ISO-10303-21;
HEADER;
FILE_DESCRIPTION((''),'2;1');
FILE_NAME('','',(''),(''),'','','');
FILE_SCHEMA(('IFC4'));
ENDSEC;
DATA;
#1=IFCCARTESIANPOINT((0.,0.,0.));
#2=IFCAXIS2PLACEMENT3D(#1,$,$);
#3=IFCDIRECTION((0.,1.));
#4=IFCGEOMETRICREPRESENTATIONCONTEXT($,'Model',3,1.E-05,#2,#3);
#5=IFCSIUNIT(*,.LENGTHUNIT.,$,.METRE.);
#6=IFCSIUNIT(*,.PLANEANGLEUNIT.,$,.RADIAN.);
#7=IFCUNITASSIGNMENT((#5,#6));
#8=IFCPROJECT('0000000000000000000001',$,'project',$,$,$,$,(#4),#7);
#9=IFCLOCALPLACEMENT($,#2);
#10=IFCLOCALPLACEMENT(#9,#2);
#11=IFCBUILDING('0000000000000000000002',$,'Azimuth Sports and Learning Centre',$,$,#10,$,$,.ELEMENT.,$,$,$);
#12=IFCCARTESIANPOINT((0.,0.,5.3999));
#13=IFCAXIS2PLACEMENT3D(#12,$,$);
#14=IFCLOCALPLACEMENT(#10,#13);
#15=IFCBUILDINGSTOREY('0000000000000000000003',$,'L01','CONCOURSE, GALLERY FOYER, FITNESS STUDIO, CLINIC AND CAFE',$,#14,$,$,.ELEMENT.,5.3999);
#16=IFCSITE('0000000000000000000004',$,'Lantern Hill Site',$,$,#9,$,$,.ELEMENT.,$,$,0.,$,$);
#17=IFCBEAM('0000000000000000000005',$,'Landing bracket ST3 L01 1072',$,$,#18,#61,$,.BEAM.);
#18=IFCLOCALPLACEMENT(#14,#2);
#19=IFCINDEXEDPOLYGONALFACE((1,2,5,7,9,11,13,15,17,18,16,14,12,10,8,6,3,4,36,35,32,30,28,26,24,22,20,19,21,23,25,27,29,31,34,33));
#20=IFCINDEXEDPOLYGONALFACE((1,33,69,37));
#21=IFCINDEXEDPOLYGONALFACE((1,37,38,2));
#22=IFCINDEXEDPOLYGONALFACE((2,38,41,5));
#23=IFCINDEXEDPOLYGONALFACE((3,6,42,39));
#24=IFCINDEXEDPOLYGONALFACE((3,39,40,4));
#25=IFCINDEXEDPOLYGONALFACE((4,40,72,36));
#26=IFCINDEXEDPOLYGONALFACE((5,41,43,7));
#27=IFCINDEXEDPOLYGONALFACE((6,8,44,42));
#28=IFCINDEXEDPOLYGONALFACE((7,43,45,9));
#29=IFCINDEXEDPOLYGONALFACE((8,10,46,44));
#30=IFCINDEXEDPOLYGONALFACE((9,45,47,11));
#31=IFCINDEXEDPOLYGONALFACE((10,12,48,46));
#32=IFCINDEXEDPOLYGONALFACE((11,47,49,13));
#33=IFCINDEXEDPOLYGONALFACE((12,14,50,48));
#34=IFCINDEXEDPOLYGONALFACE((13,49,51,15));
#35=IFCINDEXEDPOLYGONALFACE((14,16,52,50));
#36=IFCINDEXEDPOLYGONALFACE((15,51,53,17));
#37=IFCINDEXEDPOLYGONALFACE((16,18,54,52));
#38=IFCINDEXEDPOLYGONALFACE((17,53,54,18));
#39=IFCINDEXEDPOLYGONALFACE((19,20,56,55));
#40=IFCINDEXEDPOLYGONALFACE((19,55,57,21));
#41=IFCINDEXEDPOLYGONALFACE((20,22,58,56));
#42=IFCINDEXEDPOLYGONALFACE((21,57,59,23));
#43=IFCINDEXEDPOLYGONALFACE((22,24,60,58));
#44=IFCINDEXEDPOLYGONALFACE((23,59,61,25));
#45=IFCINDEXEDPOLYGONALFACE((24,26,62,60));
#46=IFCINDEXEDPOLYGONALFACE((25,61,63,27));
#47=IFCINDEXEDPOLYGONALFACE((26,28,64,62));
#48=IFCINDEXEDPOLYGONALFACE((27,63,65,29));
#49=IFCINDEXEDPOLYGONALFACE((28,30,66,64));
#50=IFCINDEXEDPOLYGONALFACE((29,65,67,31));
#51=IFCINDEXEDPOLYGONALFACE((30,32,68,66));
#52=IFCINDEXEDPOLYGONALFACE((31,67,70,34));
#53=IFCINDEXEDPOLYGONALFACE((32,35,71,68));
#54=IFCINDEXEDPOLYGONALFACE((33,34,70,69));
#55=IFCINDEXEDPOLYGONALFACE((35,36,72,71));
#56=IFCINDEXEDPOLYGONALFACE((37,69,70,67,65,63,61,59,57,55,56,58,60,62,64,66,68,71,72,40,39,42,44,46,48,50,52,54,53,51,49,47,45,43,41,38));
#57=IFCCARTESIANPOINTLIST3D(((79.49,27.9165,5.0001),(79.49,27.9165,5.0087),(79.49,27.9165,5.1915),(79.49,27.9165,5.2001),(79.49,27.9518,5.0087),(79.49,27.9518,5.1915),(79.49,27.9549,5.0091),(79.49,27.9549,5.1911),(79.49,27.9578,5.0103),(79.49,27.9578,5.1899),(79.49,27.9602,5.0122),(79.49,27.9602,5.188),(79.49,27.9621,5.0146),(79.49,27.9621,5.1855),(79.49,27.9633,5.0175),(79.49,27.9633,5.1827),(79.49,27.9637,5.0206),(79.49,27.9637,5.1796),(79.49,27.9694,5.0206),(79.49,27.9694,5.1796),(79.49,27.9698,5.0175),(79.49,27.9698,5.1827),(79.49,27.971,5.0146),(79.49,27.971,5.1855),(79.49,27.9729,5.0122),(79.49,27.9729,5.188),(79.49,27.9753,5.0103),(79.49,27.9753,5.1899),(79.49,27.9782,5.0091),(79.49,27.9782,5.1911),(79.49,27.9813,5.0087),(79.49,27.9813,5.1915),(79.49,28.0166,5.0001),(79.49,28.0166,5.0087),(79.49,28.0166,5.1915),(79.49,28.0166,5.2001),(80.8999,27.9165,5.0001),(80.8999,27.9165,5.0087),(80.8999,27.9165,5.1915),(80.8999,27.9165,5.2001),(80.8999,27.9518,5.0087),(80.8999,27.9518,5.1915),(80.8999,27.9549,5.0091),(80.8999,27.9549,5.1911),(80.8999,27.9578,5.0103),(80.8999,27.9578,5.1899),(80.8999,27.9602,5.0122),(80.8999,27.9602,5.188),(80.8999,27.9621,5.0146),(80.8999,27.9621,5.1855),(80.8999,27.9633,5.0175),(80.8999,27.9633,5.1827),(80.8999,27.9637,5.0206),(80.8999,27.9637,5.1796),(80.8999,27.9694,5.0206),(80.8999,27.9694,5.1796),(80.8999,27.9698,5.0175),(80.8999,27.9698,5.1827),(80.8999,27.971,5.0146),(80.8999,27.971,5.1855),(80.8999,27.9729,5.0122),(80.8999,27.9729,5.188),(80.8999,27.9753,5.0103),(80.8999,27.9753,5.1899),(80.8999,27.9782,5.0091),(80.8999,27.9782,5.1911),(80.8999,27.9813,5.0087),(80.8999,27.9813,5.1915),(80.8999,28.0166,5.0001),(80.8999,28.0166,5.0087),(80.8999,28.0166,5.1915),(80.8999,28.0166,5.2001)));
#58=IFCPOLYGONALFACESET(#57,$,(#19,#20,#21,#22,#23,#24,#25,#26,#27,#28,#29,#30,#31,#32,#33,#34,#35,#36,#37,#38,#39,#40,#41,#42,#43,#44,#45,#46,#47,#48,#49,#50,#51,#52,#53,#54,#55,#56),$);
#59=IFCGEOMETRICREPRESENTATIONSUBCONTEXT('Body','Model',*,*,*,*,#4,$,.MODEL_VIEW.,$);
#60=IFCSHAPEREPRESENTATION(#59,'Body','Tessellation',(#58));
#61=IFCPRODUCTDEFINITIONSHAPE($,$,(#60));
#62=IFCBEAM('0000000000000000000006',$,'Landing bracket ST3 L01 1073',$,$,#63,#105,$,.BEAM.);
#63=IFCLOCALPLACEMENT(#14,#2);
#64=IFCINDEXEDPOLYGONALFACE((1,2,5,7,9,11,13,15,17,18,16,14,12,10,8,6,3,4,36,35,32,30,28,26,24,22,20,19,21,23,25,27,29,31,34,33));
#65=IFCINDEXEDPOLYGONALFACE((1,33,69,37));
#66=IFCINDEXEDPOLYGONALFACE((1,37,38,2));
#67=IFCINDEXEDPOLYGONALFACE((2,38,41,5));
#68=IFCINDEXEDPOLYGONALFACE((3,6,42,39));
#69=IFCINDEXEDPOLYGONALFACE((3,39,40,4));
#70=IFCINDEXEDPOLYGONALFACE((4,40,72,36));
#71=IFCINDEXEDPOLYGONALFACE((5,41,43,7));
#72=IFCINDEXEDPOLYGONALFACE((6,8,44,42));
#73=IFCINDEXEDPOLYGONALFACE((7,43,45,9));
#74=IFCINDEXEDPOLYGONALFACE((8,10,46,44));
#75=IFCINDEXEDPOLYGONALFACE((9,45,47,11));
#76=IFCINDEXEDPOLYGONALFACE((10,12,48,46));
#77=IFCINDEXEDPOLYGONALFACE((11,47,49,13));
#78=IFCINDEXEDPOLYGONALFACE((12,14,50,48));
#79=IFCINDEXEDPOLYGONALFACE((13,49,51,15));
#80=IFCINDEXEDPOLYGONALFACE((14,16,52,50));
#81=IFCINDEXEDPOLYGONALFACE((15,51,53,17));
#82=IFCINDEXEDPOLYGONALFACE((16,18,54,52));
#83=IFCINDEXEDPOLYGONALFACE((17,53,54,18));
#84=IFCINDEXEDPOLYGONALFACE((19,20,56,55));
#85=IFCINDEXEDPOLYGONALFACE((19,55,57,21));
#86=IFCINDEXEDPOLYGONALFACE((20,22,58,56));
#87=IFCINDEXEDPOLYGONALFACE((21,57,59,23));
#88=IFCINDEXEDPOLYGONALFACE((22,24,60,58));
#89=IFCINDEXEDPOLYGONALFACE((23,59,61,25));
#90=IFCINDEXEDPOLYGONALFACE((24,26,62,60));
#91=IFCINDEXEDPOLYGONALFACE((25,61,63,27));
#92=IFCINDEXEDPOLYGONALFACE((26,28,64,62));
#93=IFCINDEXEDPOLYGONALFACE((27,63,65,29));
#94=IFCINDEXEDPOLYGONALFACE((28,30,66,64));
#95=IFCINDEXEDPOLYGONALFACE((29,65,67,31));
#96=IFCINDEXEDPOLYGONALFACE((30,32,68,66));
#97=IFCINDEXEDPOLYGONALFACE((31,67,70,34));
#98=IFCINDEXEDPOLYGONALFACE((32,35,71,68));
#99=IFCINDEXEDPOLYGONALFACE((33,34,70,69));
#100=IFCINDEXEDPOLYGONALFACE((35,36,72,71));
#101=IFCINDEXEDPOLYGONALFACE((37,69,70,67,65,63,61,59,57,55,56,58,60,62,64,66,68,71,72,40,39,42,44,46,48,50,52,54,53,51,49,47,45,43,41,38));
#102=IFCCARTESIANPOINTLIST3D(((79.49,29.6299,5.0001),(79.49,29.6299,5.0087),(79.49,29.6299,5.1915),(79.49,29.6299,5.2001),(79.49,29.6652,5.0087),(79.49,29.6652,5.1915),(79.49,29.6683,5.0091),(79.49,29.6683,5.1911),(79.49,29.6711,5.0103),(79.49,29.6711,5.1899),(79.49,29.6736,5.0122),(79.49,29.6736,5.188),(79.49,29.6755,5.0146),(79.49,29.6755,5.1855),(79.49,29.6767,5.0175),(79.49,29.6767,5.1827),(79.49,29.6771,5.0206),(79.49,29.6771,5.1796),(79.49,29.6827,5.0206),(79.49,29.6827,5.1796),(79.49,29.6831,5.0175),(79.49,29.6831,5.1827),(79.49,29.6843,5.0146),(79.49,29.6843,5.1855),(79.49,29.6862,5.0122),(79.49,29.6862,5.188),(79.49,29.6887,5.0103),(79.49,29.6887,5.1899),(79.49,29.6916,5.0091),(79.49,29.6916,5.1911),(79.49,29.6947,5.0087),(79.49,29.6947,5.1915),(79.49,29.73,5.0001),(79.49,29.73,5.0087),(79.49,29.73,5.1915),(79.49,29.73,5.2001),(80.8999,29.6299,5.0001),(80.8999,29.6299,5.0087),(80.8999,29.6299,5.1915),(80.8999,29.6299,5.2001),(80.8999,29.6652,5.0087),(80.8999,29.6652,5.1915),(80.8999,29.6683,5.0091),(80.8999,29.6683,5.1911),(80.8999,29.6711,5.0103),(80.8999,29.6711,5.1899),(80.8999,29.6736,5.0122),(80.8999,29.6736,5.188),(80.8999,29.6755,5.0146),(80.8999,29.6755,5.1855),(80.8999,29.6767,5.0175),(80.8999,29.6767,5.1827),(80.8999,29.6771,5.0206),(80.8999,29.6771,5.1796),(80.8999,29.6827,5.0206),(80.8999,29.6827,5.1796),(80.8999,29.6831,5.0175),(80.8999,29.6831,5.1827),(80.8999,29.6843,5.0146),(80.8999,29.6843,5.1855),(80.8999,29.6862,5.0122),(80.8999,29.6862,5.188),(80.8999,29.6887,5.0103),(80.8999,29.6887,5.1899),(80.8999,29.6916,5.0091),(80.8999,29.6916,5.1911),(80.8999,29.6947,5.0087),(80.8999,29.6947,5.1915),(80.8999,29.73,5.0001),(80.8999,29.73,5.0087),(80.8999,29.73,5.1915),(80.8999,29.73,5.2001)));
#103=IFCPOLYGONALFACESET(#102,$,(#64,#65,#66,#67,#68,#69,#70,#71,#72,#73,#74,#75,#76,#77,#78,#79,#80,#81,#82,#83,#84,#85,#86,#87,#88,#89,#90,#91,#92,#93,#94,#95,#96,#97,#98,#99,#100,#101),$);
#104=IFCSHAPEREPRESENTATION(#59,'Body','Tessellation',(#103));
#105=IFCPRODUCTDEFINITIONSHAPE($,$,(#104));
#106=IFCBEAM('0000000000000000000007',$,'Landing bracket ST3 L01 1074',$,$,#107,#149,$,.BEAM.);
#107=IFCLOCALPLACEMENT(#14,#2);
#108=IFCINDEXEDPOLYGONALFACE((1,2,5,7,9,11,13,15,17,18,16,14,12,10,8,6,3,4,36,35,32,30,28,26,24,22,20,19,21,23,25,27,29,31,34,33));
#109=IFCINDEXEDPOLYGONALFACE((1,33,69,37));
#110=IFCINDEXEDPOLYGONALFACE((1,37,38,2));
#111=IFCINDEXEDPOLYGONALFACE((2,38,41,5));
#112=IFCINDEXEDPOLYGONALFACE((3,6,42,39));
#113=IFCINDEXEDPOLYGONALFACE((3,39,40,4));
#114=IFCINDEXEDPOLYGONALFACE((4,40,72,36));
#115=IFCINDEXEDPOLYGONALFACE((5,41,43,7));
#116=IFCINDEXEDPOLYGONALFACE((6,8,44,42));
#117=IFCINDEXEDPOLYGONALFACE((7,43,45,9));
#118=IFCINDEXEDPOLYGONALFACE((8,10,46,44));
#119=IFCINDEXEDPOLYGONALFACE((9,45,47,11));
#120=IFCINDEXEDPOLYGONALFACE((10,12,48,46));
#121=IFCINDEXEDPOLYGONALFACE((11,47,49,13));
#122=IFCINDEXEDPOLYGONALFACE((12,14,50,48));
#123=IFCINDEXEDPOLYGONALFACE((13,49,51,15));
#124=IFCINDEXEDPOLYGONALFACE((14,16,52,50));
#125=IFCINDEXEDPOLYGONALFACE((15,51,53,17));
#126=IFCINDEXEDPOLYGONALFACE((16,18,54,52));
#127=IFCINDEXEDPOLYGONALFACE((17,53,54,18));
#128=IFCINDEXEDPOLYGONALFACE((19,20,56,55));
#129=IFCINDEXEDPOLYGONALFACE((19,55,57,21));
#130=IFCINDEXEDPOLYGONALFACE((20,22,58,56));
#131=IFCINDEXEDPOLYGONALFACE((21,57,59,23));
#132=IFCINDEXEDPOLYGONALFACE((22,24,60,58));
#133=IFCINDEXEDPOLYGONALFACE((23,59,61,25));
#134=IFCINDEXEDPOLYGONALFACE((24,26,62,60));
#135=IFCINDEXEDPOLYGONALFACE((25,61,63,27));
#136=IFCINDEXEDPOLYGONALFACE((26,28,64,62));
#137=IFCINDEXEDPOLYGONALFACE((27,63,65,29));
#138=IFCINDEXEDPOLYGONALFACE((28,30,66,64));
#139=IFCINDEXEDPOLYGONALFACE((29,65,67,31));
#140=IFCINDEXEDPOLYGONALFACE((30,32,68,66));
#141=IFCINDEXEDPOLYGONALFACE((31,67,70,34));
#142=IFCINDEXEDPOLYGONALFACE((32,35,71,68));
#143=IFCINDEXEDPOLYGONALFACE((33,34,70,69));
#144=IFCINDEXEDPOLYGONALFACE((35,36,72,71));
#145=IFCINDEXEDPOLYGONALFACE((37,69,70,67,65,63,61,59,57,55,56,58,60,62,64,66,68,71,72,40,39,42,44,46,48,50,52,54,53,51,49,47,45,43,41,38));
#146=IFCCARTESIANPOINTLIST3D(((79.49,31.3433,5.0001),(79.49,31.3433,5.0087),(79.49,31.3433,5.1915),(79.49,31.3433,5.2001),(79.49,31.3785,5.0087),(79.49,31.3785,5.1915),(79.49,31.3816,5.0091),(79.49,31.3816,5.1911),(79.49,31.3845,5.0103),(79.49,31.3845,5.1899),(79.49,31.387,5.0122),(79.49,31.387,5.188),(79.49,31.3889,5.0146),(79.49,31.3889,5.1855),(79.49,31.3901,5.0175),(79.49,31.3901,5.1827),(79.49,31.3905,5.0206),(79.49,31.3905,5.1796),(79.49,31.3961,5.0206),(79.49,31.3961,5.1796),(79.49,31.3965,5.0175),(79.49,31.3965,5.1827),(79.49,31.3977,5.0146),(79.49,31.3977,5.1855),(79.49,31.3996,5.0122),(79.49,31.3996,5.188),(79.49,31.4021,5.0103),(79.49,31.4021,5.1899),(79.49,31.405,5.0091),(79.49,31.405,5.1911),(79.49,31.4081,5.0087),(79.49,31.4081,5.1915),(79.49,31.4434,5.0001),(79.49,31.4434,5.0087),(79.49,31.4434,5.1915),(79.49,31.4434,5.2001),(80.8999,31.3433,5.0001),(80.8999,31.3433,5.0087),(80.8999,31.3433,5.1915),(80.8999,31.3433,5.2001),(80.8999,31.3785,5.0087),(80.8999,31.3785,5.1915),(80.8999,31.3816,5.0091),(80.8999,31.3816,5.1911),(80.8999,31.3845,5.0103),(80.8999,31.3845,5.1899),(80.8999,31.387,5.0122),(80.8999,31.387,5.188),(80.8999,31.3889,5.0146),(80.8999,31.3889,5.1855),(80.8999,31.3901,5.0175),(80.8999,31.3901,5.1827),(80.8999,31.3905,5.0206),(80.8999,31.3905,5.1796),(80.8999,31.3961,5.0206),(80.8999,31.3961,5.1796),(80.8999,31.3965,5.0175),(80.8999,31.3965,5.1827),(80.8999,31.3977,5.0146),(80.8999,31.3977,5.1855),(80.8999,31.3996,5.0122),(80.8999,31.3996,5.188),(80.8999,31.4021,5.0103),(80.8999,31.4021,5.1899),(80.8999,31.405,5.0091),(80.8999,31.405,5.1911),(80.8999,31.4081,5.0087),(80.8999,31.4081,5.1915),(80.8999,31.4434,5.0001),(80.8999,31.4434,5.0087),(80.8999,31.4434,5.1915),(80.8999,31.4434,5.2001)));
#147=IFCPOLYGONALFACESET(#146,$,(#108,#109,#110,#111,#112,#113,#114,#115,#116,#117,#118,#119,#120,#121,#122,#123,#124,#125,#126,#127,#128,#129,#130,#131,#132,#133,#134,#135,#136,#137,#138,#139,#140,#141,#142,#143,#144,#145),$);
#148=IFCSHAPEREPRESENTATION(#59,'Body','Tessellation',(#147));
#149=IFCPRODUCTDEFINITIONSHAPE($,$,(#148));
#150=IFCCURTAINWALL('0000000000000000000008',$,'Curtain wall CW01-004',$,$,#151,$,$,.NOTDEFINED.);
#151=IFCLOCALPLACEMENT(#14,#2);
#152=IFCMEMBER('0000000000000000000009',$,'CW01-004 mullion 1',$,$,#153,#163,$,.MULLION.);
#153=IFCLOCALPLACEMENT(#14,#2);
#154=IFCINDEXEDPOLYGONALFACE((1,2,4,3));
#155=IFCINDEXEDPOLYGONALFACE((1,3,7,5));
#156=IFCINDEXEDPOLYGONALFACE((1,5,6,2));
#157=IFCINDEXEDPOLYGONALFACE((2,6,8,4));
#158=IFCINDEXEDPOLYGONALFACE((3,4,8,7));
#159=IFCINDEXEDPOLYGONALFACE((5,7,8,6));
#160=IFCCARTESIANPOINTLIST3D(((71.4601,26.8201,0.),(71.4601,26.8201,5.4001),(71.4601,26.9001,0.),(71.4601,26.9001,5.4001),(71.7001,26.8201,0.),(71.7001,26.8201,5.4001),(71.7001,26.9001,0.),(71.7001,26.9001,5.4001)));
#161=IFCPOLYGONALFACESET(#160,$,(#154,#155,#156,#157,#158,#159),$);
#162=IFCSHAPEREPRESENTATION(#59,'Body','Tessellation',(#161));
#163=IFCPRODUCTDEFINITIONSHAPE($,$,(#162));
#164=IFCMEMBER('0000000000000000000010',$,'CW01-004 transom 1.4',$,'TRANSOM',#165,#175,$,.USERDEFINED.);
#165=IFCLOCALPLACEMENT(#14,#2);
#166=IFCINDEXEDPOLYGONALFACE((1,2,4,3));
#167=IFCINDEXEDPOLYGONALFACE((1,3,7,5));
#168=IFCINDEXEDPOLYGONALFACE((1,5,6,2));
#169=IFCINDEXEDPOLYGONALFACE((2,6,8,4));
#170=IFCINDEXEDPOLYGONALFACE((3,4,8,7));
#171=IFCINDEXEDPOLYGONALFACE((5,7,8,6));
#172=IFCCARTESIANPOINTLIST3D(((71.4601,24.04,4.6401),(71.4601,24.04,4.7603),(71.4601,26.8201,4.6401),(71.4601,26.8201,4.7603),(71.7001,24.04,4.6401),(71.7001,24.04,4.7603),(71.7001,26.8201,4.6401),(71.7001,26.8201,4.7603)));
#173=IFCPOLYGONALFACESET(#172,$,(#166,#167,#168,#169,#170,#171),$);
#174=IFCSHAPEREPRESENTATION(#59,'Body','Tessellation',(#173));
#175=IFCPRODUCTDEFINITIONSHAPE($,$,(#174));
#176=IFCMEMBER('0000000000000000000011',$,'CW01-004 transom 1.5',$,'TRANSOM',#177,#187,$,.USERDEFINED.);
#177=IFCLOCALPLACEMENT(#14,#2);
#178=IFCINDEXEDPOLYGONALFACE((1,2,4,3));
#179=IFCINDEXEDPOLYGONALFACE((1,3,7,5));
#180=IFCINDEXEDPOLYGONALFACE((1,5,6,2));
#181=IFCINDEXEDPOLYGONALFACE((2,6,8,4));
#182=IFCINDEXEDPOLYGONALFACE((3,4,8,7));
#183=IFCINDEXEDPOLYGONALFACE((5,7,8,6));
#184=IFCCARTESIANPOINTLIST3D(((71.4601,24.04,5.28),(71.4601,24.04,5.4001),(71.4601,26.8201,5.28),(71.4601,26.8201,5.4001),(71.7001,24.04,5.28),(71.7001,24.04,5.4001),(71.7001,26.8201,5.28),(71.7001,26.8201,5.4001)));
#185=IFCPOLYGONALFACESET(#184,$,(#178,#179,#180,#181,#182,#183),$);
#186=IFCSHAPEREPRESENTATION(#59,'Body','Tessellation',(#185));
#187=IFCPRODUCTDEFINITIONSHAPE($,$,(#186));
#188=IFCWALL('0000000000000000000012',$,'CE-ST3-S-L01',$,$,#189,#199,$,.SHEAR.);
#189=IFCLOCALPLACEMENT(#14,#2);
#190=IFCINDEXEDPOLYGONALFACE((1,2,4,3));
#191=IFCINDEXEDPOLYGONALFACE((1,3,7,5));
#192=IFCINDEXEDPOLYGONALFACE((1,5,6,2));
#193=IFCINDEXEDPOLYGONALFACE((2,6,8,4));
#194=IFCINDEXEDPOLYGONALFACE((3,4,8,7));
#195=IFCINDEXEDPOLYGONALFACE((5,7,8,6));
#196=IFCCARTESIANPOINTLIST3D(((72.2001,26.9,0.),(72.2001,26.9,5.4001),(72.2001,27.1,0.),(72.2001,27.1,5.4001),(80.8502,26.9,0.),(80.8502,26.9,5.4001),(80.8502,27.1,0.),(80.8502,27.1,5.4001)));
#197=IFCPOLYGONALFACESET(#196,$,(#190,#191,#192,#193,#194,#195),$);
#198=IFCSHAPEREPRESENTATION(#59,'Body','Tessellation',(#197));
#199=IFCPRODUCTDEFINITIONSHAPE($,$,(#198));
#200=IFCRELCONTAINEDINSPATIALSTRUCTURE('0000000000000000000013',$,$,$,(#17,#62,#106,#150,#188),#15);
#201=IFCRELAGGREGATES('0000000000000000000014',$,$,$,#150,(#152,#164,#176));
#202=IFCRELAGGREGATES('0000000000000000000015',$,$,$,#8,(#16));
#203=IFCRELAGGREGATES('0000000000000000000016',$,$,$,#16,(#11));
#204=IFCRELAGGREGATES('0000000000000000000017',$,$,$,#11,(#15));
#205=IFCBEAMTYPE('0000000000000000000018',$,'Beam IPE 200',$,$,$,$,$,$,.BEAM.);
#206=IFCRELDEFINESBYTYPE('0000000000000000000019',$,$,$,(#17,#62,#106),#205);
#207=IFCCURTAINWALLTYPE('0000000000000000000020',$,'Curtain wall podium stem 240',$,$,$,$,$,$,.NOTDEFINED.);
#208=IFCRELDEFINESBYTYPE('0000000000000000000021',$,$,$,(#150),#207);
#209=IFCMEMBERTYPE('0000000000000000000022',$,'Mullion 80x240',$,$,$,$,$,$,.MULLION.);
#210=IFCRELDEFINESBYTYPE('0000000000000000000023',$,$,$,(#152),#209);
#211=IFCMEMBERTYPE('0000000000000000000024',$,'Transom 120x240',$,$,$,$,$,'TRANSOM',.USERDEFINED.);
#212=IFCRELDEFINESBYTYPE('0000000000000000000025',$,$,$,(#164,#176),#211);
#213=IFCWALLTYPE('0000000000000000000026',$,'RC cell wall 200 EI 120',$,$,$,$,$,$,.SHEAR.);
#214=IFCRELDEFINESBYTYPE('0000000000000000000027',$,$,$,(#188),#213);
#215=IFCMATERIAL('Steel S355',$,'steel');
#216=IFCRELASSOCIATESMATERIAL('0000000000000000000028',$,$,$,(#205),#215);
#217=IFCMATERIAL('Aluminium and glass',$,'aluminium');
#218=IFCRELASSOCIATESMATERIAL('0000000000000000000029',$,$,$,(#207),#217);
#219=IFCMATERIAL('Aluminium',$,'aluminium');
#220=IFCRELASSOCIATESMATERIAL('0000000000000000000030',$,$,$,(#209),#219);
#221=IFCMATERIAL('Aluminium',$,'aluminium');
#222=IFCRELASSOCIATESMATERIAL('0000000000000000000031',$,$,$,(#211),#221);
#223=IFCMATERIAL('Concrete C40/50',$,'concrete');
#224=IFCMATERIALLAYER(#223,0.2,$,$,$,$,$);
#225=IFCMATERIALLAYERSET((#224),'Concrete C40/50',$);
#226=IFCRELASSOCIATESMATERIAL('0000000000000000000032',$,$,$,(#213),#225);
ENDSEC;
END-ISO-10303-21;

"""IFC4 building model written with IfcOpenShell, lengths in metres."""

from ifc_helpers import new_model, si_unit, direction, frame, frame_2d, origin, origin_2d, place, context, subcontext, project, spatial, rectangle, i_section, extrude, material, layer, layer_set, material_profile, profile_set, type_object, element, aggregate, save


model = new_model("IFC4")

# Units and contexts
model_context = context("Model", 3, precision=1e-05, world=origin(), true_north=direction((0.0, 1.0)))
body_context = subcontext(model_context, "Body", "Model", "MODEL_VIEW")
ifc_project = project(units=[si_unit("LENGTHUNIT", "METRE"), si_unit("PLANEANGLEUNIT", "RADIAN")], contexts=[model_context])

# Site, building, storey
site_placement = place(None, origin())
site = spatial("IfcSite", under=ifc_project, at=site_placement, Name="Lantern Hill Site", CompositionType="ELEMENT", RefElevation=0.0)
building_placement = place(site_placement, origin())
building = spatial("IfcBuilding", under=site, at=building_placement, Name="Azimuth Sports and Learning Centre", CompositionType="ELEMENT")
storey_placement = place(building_placement, frame((0.0, 0.0, 5.3999)))
storey = spatial("IfcBuildingStorey", under=building, at=storey_placement, Name="L01", Description="CONCOURSE, GALLERY FOYER, FITNESS STUDIO, CLINIC AND CAFE", CompositionType="ELEMENT", Elevation=5.3999)

# Beams
ifc_material_1 = material(Name="Steel S355", Category="steel")
ifc_material_profile_1 = material_profile(ifc_material_1, i_section(OverallWidth=0.1001, OverallDepth=0.2, WebThickness=0.0056, FlangeThickness=0.0085, FilletRadius=0.012, at=origin_2d()), Name="IPE 200")
ifc_profile_set_1 = profile_set([ifc_material_profile_1], Name="Steel S355")
beam_type = type_object("IfcBeamType", Name="Beam IPE 200", PredefinedType="BEAM", material=ifc_profile_set_1)
for number, where, z_axis, x_axis, name in (
    (1, (80.8999, 27.9666, 5.1001), (-1.0, 0.0, 0.0), (0.0, -1.0, 0.0), "Landing bracket ST3 L01 1072"),
    (2, (80.8999, 29.6799, 5.1001), (-1.0, 0.0, 0.0), (0.0, -1.0, 0.0), "Landing bracket ST3 L01 1073"),
    (3, (80.8999, 31.3933, 5.1001), (-1.0, 0.0, 0.0), (0.0, -1.0, 0.0), "Landing bracket ST3 L01 1074"),
):
    element("IfcBeam", number, at=place(storey_placement, frame(where, z_axis=z_axis, x_axis=x_axis)), inside=storey, type_object=beam_type, Name=name, PredefinedType="BEAM", context=body_context, shape_type="SweptSolid", body=[
        extrude(i_section(OverallWidth=0.1001, OverallDepth=0.2, WebThickness=0.0056, FlangeThickness=0.0085, FilletRadius=0.012, at=origin_2d()), origin(), (0.0, 0.0, 1.0), 1.4099),
    ])

# Curtain wall, members
ifc_material_2 = material(Name="Aluminium and glass", Category="aluminium")
curtain_wall_type = type_object("IfcCurtainWallType", Name="Curtain wall podium stem 240", PredefinedType="NOTDEFINED", material=ifc_material_2)
curtain_wall_placement = place(storey_placement, origin())
curtain_wall = element("IfcCurtainWall", 4, at=curtain_wall_placement, inside=storey, type_object=curtain_wall_type, Name="Curtain wall CW01-004", PredefinedType="NOTDEFINED")
ifc_material_3 = material(Name="Aluminium", Category="aluminium")
ifc_material_profile_2 = material_profile(ifc_material_3, rectangle(XDim=0.24, YDim=0.0801, at=origin_2d()), Name="Mullion 80x240")
ifc_profile_set_2 = profile_set([ifc_material_profile_2], Name="Aluminium")
member_type_1 = type_object("IfcMemberType", Name="Mullion 80x240", PredefinedType="MULLION", material=ifc_profile_set_2)
member_1_placement = place(storey_placement, frame((71.5801, 26.8601, 0.0), z_axis=(0.0, 0.0, 1.0), x_axis=(1.0, 0.0, 0.0)))
member_1 = element("IfcMember", 5, at=member_1_placement, type_object=member_type_1, Name="CW01-004 mullion 1", PredefinedType="MULLION", context=body_context, shape_type="SweptSolid", body=[
    extrude(rectangle(XDim=0.24, YDim=0.0801, at=origin_2d()), origin(), (0.0, 0.0, 1.0), 5.4001),
])
ifc_material_4 = material(Name="Aluminium", Category="aluminium")
ifc_material_profile_3 = material_profile(ifc_material_4, rectangle(XDim=0.24, YDim=0.1201, at=origin_2d()), Name="Transom 120x240")
ifc_profile_set_3 = profile_set([ifc_material_profile_3], Name="Aluminium")
member_type_2 = type_object("IfcMemberType", Name="Transom 120x240", ElementType="TRANSOM", PredefinedType="USERDEFINED", material=ifc_profile_set_3)
member_2_placement = place(storey_placement, frame((71.5801, 26.8201, 4.7002), z_axis=(0.0, -1.0, 0.0), x_axis=(1.0, 0.0, 0.0)))
member_2 = element("IfcMember", 6, at=member_2_placement, type_object=member_type_2, Name="CW01-004 transom 1.4", ObjectType="TRANSOM", PredefinedType="USERDEFINED", context=body_context, shape_type="SweptSolid", body=[
    extrude(rectangle(XDim=0.24, YDim=0.1201, at=origin_2d()), origin(), (0.0, 0.0, 1.0), 2.78),
])
member_3_placement = place(storey_placement, frame((71.5801, 26.8201, 5.3401), z_axis=(0.0, -1.0, 0.0), x_axis=(1.0, 0.0, 0.0)))
member_3 = element("IfcMember", 7, at=member_3_placement, type_object=member_type_2, Name="CW01-004 transom 1.5", ObjectType="TRANSOM", PredefinedType="USERDEFINED", context=body_context, shape_type="SweptSolid", body=[
    extrude(rectangle(XDim=0.24, YDim=0.1201, at=origin_2d()), origin(), (0.0, 0.0, 1.0), 2.78),
])
aggregate(curtain_wall, [member_1, member_2, member_3])

# Wall
ifc_material_5 = material(Name="Concrete C40/50", Category="concrete")
ifc_layer_1 = layer(ifc_material_5, 0.2)
ifc_layer_set_1 = layer_set([ifc_layer_1], Name="Concrete C40/50")
wall_type_1 = type_object("IfcWallType", Name="RC cell wall 200 EI 120", PredefinedType="SHEAR", material=ifc_layer_set_1)
wall_1_placement = place(storey_placement, frame((72.2, 27.0, 0.0), z_axis=(0.0, 0.0, 1.0), x_axis=(1.0, 0.0, 0.0)))
element("IfcWall", 8, at=wall_1_placement, inside=storey, type_object=wall_type_1, Name="CE-ST3-S-L01", PredefinedType="SHEAR", context=body_context, shape_type="SweptSolid", body=[
    extrude(rectangle(XDim=8.6501, YDim=0.2, at=frame_2d((4.3252, 0.0))), origin(), (0.0, 0.0, 1.0), 5.4001),
])

save(model, "model.ifc")
